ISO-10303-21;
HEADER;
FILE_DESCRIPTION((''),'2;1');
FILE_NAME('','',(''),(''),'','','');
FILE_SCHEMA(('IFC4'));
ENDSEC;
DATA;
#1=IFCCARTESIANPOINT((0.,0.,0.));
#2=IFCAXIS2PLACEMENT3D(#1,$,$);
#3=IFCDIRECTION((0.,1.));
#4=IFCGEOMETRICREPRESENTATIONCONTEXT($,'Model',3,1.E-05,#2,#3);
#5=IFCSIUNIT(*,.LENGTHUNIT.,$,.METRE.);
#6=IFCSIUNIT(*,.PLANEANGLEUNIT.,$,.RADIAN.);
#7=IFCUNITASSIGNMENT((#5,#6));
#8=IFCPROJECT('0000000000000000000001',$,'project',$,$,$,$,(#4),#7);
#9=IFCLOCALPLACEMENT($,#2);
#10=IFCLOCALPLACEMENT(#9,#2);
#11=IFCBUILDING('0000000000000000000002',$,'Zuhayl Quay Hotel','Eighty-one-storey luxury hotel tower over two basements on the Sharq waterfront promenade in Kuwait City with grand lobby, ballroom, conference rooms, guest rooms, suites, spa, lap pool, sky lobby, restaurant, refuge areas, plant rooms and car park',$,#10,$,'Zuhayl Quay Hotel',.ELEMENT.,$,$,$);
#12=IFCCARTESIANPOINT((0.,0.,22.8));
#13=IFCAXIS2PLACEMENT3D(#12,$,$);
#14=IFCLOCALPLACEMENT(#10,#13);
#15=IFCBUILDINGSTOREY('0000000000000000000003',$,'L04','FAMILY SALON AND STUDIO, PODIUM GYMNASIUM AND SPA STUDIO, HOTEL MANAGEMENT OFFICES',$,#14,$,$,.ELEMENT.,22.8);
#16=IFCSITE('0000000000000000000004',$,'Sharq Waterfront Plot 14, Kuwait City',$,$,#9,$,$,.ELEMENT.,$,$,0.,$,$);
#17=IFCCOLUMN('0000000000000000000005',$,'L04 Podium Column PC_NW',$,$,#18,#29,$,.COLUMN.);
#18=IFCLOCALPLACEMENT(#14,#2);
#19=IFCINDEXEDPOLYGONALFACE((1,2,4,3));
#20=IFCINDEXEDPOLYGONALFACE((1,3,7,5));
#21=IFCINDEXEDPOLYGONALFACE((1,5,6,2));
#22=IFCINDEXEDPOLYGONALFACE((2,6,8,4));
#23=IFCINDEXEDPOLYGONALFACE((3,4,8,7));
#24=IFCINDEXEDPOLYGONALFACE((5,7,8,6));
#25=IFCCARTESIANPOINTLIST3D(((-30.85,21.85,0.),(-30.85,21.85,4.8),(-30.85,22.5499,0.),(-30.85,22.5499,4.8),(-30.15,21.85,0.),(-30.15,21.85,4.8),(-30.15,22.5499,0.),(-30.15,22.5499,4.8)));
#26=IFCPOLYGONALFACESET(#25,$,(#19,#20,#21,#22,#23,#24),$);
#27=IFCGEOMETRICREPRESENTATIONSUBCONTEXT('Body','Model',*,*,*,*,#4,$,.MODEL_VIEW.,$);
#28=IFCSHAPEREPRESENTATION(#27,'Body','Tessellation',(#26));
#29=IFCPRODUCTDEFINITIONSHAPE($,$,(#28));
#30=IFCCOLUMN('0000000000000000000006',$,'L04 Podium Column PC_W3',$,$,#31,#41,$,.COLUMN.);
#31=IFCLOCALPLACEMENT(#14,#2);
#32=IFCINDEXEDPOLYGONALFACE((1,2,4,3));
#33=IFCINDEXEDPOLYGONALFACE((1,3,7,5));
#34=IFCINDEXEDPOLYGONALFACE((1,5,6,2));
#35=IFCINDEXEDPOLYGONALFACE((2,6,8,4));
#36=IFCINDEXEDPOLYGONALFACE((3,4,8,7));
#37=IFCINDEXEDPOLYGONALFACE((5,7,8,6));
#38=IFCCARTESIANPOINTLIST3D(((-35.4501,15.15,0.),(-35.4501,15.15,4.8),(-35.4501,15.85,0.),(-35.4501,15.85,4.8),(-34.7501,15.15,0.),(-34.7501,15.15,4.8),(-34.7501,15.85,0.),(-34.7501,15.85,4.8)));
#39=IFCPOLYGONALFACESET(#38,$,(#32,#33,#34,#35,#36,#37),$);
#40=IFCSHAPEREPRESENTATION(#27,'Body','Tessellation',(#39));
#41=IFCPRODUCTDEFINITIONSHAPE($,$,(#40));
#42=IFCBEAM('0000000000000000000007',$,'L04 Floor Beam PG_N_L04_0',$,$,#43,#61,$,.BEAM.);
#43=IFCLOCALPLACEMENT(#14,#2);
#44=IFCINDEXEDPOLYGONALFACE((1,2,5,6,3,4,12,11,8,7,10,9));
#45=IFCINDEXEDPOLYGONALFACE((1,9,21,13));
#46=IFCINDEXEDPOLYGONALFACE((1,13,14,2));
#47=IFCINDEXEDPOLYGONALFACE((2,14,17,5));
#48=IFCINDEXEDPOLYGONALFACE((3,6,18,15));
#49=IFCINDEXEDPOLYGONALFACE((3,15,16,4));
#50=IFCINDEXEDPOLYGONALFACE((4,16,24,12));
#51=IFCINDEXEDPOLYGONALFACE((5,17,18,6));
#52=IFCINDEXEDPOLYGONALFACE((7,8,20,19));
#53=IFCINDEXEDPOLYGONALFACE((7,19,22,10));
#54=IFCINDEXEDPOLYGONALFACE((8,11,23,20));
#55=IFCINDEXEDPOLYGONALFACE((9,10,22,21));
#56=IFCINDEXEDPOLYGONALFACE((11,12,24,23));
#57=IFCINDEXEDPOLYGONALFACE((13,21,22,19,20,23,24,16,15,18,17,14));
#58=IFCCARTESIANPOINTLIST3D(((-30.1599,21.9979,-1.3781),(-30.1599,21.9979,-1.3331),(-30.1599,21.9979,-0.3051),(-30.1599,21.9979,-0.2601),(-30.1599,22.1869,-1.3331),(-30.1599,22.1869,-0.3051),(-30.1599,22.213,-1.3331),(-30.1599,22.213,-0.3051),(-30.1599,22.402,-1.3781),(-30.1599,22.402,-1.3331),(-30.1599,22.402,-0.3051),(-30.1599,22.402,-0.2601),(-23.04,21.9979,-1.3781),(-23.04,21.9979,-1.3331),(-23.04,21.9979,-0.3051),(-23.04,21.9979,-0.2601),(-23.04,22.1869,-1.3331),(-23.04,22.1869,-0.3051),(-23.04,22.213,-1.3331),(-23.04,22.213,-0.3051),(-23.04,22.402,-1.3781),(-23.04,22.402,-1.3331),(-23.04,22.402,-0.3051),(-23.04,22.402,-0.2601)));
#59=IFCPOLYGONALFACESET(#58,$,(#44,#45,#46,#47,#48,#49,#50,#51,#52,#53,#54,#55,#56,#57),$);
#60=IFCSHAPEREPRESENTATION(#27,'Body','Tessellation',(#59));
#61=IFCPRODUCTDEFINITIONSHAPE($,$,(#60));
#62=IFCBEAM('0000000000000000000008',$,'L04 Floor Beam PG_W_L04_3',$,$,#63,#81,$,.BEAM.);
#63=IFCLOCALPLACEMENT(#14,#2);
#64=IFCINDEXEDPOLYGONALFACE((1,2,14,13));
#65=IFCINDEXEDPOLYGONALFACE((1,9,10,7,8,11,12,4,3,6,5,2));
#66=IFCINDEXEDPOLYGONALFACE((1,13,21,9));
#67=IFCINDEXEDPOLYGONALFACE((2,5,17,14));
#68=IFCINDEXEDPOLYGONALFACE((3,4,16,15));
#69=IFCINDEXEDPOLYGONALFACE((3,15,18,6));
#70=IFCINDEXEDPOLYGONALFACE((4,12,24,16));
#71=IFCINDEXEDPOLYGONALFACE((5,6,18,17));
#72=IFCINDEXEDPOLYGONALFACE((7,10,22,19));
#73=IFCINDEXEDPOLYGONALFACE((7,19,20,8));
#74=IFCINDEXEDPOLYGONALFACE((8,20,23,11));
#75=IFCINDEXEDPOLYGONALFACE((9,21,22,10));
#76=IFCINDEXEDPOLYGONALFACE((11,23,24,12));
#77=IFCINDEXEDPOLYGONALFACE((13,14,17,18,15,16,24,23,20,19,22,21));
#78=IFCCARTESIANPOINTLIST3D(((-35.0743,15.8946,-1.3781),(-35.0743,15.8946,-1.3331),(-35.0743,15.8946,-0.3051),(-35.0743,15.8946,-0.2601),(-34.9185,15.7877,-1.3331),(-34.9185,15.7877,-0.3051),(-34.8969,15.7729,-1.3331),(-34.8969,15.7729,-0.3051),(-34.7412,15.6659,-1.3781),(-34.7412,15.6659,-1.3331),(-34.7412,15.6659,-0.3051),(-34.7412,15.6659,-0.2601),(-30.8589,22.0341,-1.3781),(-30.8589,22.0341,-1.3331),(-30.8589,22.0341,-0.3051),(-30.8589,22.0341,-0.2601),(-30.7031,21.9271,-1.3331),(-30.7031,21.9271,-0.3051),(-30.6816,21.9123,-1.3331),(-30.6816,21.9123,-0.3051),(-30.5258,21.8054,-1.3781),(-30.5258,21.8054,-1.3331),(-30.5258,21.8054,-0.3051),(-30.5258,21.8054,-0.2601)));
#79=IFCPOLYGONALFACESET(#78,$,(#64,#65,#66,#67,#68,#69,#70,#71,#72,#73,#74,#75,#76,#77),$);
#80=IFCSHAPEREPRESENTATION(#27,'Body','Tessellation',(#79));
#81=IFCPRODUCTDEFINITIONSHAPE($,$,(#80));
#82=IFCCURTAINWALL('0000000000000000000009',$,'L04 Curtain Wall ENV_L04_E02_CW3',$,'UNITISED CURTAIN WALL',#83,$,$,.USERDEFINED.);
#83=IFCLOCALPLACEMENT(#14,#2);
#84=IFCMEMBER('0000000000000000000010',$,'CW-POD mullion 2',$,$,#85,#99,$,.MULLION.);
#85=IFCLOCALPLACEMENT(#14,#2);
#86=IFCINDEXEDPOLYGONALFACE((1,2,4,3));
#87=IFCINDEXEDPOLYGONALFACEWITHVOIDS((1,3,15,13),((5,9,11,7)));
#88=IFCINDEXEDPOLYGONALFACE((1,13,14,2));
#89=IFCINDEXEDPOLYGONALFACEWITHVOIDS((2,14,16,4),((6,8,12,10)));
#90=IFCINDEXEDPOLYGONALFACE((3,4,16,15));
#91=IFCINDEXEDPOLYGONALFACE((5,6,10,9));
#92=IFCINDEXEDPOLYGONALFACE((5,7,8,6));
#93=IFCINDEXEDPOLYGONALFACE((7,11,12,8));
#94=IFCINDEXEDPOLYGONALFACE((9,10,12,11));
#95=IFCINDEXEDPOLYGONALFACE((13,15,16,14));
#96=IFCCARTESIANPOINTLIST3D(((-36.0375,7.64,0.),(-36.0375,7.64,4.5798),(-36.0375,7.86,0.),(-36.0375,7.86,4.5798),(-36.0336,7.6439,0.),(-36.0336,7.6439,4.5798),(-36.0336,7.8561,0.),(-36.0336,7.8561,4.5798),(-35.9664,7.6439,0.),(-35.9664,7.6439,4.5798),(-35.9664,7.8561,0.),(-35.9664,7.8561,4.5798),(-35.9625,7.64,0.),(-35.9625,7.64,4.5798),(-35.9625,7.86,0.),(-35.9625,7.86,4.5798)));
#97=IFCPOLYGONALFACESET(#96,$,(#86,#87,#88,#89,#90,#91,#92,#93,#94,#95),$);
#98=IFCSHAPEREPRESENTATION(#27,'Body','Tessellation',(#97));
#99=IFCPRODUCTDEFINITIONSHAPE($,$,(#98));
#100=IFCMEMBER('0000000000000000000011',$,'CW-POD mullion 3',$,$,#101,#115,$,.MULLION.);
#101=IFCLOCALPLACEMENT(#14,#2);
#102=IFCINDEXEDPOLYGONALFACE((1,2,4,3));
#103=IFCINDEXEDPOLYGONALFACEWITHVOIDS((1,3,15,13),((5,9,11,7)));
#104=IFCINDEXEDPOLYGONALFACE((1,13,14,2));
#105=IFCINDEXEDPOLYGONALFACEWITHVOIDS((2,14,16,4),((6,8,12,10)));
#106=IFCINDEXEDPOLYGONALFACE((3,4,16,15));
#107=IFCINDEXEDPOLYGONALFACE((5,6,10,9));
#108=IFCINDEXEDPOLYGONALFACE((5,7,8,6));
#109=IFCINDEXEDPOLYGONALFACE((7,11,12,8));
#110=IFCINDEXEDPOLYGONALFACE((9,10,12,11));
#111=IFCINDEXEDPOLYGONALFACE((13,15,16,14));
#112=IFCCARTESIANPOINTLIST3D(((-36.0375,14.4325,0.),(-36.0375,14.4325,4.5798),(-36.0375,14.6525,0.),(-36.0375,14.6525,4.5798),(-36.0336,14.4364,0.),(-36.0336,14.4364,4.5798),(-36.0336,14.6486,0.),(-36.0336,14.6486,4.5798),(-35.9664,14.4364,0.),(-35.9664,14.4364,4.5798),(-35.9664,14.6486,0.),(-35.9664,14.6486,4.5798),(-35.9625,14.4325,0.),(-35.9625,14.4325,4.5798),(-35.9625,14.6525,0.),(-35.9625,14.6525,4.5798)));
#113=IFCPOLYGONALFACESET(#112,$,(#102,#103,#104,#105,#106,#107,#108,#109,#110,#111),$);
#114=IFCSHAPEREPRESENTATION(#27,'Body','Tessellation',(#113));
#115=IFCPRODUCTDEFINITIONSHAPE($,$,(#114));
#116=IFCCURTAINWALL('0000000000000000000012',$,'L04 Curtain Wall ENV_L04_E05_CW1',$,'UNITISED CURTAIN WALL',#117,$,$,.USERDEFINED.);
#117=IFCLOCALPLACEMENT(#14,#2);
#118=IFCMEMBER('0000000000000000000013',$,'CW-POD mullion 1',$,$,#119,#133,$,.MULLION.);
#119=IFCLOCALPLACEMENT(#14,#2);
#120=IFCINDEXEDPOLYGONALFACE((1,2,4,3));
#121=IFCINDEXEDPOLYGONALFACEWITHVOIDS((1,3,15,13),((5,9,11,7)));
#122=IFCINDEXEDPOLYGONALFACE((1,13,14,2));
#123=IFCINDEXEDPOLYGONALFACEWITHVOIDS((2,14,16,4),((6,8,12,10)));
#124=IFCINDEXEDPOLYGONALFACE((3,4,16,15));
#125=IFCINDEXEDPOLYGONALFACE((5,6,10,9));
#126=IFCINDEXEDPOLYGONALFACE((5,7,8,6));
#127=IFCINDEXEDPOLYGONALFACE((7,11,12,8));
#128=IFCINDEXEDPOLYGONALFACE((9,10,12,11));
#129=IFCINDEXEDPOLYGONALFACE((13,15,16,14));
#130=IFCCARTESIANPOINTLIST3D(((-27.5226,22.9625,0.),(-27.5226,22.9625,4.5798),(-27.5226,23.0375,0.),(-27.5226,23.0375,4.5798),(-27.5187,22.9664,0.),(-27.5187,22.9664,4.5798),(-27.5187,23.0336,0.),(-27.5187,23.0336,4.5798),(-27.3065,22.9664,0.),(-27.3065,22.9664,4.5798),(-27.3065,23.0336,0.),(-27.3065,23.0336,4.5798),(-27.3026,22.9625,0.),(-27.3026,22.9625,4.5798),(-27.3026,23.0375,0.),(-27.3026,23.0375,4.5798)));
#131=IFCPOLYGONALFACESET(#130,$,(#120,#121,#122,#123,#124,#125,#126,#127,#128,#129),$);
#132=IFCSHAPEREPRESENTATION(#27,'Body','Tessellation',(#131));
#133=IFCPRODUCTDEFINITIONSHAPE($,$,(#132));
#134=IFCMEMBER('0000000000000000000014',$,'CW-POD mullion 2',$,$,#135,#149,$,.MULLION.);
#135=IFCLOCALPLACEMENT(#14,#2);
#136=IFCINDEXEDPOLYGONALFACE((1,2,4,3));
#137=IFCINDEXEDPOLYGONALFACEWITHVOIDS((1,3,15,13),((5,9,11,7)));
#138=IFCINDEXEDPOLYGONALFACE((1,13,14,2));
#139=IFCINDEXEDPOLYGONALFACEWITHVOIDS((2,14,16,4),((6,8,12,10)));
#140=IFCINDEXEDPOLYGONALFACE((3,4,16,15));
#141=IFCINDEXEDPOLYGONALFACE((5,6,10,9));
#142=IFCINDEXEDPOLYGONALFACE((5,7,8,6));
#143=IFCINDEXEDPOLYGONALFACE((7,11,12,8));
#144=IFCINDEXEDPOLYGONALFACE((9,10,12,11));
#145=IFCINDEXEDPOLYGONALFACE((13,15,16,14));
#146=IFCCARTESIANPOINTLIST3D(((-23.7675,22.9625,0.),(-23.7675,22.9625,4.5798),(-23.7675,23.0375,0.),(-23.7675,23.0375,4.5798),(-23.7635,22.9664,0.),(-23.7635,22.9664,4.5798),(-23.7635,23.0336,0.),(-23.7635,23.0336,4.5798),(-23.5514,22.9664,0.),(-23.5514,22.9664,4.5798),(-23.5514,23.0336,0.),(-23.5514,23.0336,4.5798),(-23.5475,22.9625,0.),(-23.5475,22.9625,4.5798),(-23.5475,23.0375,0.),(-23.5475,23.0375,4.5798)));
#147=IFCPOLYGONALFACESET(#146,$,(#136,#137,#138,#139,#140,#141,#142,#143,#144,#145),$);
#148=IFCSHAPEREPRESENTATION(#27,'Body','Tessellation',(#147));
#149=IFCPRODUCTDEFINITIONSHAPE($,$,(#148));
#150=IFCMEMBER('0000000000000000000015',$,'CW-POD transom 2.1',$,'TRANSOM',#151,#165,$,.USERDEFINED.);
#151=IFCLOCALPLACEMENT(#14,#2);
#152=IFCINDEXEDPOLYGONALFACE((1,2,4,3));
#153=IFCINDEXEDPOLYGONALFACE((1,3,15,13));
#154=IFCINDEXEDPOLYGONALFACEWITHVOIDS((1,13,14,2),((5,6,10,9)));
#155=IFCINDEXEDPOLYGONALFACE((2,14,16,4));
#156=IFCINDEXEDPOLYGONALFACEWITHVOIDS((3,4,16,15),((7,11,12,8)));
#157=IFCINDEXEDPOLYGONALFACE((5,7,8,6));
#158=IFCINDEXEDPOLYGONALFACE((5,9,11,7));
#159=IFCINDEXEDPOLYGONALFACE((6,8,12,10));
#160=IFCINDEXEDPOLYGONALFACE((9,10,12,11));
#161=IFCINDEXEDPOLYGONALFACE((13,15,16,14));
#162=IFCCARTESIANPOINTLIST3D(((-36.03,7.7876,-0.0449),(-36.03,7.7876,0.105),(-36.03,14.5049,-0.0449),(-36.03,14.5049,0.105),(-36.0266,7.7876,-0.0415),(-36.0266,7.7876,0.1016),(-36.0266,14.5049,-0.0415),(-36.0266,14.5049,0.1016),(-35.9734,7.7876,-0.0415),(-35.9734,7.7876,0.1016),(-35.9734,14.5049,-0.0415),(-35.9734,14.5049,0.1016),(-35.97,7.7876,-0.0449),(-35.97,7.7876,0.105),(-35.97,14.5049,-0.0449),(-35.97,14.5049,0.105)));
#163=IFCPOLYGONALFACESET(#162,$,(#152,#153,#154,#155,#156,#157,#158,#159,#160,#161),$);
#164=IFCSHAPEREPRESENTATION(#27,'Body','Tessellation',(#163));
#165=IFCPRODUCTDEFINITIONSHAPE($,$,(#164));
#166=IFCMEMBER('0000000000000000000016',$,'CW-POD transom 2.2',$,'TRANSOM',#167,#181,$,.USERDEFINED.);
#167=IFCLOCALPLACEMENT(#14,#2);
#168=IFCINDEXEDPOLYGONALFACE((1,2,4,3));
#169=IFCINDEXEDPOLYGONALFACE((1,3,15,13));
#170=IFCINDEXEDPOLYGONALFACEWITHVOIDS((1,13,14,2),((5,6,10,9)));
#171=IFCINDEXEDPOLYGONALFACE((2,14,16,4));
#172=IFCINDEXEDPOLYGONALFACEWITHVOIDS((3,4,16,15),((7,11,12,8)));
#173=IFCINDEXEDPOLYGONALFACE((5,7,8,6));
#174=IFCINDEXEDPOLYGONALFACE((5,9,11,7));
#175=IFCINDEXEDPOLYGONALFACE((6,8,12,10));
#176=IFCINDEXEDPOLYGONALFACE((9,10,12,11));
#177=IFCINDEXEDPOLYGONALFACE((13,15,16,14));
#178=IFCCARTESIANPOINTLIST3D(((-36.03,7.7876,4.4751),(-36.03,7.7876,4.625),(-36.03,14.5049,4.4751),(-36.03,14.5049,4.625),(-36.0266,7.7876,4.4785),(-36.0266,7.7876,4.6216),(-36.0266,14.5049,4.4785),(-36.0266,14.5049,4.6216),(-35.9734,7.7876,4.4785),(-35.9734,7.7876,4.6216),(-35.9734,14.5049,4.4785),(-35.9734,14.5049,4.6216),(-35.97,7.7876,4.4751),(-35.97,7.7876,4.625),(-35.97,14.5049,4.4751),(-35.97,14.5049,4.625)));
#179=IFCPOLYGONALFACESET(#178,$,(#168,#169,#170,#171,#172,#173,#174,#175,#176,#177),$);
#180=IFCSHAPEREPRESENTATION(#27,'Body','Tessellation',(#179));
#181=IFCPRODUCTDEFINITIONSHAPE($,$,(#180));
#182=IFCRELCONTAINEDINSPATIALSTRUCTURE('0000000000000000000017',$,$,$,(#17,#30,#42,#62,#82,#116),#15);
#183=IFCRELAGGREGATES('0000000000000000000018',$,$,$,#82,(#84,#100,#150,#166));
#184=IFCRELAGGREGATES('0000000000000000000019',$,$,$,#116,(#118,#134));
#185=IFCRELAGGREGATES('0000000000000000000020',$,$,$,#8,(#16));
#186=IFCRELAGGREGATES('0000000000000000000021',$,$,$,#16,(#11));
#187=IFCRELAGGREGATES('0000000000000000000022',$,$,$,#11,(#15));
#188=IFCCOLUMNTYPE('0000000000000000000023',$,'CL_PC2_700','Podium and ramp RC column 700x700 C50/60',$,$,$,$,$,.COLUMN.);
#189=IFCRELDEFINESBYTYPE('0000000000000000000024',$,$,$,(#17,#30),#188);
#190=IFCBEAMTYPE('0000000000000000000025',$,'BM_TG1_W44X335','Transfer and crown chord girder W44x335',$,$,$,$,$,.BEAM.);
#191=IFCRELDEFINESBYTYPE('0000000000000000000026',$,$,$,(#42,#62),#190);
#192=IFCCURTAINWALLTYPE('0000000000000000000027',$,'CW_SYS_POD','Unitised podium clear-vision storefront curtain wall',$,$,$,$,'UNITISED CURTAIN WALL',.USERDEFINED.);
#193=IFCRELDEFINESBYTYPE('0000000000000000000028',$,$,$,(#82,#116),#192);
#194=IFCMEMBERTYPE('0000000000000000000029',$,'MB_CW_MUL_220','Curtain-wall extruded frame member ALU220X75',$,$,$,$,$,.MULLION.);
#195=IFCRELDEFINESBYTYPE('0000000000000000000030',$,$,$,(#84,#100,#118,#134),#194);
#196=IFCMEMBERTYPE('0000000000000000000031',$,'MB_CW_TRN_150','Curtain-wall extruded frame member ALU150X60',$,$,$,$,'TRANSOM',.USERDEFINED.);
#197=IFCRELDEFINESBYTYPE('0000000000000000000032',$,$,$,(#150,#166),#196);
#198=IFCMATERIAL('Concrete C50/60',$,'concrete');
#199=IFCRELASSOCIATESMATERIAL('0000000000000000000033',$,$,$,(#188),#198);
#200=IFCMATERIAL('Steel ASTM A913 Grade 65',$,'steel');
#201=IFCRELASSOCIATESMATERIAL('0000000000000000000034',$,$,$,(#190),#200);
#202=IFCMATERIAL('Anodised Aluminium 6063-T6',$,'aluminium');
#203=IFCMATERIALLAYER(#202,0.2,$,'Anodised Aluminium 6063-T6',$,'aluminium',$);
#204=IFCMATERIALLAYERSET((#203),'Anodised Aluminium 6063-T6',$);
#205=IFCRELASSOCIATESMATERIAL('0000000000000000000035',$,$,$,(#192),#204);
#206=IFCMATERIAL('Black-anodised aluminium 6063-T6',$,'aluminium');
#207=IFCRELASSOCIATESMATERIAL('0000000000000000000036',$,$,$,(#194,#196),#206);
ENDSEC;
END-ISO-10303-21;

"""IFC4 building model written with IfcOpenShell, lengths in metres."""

from ifc_helpers import new_model, si_unit, direction, frame, origin, origin_2d, place, context, subcontext, project, spatial, rectangle, hollow_rectangle, i_section, extrude, material, layer, layer_set, material_profile, profile_set, type_object, element, aggregate, save


model = new_model("IFC4")

# Units and contexts
model_context = context("Model", 3, precision=1e-05, world=origin(), true_north=direction((0.0, 1.0)))
body_context = subcontext(model_context, "Body", "Model", "MODEL_VIEW")
ifc_project = project(units=[si_unit("LENGTHUNIT", "METRE"), si_unit("PLANEANGLEUNIT", "RADIAN")], contexts=[model_context])

# Site, building, storey
site_placement = place(None, origin())
site = spatial("IfcSite", under=ifc_project, at=site_placement, Name="Sharq Waterfront Plot 14, Kuwait City", CompositionType="ELEMENT", RefElevation=0.0)
building_placement = place(site_placement, origin())
building = spatial("IfcBuilding", under=site, at=building_placement, Name="Zuhayl Quay Hotel", Description="Eighty-one-storey luxury hotel tower over two basements on the Sharq waterfront promenade in Kuwait City with grand lobby, ballroom, conference rooms, guest rooms, suites, spa, lap pool, sky lobby, restaurant, refuge areas, plant rooms and car park", LongName="Zuhayl Quay Hotel", CompositionType="ELEMENT")
storey_placement = place(building_placement, frame((0.0, 0.0, 22.8)))
storey = spatial("IfcBuildingStorey", under=building, at=storey_placement, Name="L04", Description="FAMILY SALON AND STUDIO, PODIUM GYMNASIUM AND SPA STUDIO, HOTEL MANAGEMENT OFFICES", CompositionType="ELEMENT", Elevation=22.8)

# Columns
ifc_material_1 = material(Name="Concrete C50/60", Category="concrete")
ifc_material_profile_1 = material_profile(ifc_material_1, rectangle(XDim=0.7, YDim=0.7, at=origin_2d()), Name="RC700X700")
ifc_profile_set_1 = profile_set([ifc_material_profile_1], Name="Concrete C50/60")
column_type = type_object("IfcColumnType", Name="CL_PC2_700", Description="Podium and ramp RC column 700x700 C50/60", PredefinedType="COLUMN", material=ifc_profile_set_1)
for number, where, z_axis, x_axis, name in (
    (1, (-30.5, 22.2, 0.0), (0.0, 0.0, 1.0), (1.0, 0.0, 0.0), "L04 Podium Column PC_NW"),
    (2, (-35.1001, 15.5, 0.0), (0.0, 0.0, 1.0), (1.0, 0.0, 0.0), "L04 Podium Column PC_W3"),
):
    element("IfcColumn", number, at=place(storey_placement, frame(where, z_axis=z_axis, x_axis=x_axis)), inside=storey, type_object=column_type, Name=name, PredefinedType="COLUMN", context=body_context, shape_type="SweptSolid", body=[
        extrude(rectangle(XDim=0.7, YDim=0.7, at=origin_2d()), origin(), (0.0, 0.0, 1.0), 4.8),
    ])

# Beams
ifc_material_2 = material(Name="Steel ASTM A913 Grade 65", Category="steel")
ifc_material_profile_2 = material_profile(ifc_material_2, i_section(OverallWidth=0.4041, OverallDepth=1.1179, WebThickness=0.0261, FlangeThickness=0.0449, at=origin_2d()), Name="W44X335")
ifc_profile_set_2 = profile_set([ifc_material_profile_2], Name="Steel ASTM A913 Grade 65")
beam_type = type_object("IfcBeamType", Name="BM_TG1_W44X335", Description="Transfer and crown chord girder W44x335", PredefinedType="BEAM", material=ifc_profile_set_2)
beam_1_placement = place(storey_placement, frame((-30.1599, 22.2, -0.8191), z_axis=(1.0, 0.0, 0.0), x_axis=(0.0, 1.0, 0.0)))
element("IfcBeam", 3, at=beam_1_placement, inside=storey, type_object=beam_type, Name="L04 Floor Beam PG_N_L04_0", PredefinedType="BEAM", context=body_context, shape_type="SweptSolid", body=[
    extrude(i_section(OverallWidth=0.4041, OverallDepth=1.1179, WebThickness=0.0261, FlangeThickness=0.0449, at=origin_2d()), origin(), (0.0, 0.0, 1.0), 7.1199),
])
beam_2_placement = place(storey_placement, frame((-34.9077, 15.7803, -0.8191), z_axis=(0.566026, 0.824387, 0.0), x_axis=(-0.824387, 0.566026, 0.0)))
element("IfcBeam", 4, at=beam_2_placement, inside=storey, type_object=beam_type, Name="L04 Floor Beam PG_W_L04_3", PredefinedType="BEAM", context=body_context, shape_type="SweptSolid", body=[
    extrude(i_section(OverallWidth=0.4041, OverallDepth=1.1179, WebThickness=0.0261, FlangeThickness=0.0449, at=origin_2d()), origin(), (0.0, 0.0, 1.0), 7.4473),
])

# Curtain walls, members
ifc_material_3 = material(Name="Anodised Aluminium 6063-T6", Category="aluminium")
ifc_layer_1 = layer(ifc_material_3, 0.2, Name="Anodised Aluminium 6063-T6", Category="aluminium")
ifc_layer_set_1 = layer_set([ifc_layer_1], Name="Anodised Aluminium 6063-T6")
curtain_wall_type = type_object("IfcCurtainWallType", Name="CW_SYS_POD", Description="Unitised podium clear-vision storefront curtain wall", ElementType="UNITISED CURTAIN WALL", PredefinedType="USERDEFINED", material=ifc_layer_set_1)
curtain_wall_1_placement = place(storey_placement, origin())
curtain_wall_1 = element("IfcCurtainWall", 5, at=curtain_wall_1_placement, inside=storey, type_object=curtain_wall_type, Name="L04 Curtain Wall ENV_L04_E02_CW3", ObjectType="UNITISED CURTAIN WALL", PredefinedType="USERDEFINED")
ifc_material_4 = material(Name="Black-anodised aluminium 6063-T6", Category="aluminium")
ifc_material_profile_3 = material_profile(ifc_material_4, hollow_rectangle(XDim=0.075, YDim=0.22, WallThickness=0.0039, at=origin_2d()), Name="ALU220X75")
ifc_profile_set_3 = profile_set([ifc_material_profile_3], Name="Black-anodised aluminium 6063-T6")
member_type_1 = type_object("IfcMemberType", Name="MB_CW_MUL_220", Description="Curtain-wall extruded frame member ALU220X75", PredefinedType="MULLION", material=ifc_profile_set_3)
member_1_placement = place(storey_placement, frame((-36.0, 7.75, 0.0), z_axis=(0.0, 0.0, 1.0), x_axis=(-1.0, 0.0, 0.0)))
member_1 = element("IfcMember", 6, at=member_1_placement, type_object=member_type_1, Name="CW-POD mullion 2", PredefinedType="MULLION", context=body_context, shape_type="SweptSolid", body=[
    extrude(hollow_rectangle(XDim=0.075, YDim=0.22, WallThickness=0.0039, at=origin_2d()), origin(), (0.0, 0.0, 1.0), 4.5798),
])
member_2_placement = place(storey_placement, frame((-36.0, 14.5425, 0.0), z_axis=(0.0, 0.0, 1.0), x_axis=(-1.0, 0.0, 0.0)))
member_2 = element("IfcMember", 7, at=member_2_placement, type_object=member_type_1, Name="CW-POD mullion 3", PredefinedType="MULLION", context=body_context, shape_type="SweptSolid", body=[
    extrude(hollow_rectangle(XDim=0.075, YDim=0.22, WallThickness=0.0039, at=origin_2d()), origin(), (0.0, 0.0, 1.0), 4.5798),
])
curtain_wall_2_placement = place(storey_placement, origin())
curtain_wall_2 = element("IfcCurtainWall", 8, at=curtain_wall_2_placement, inside=storey, type_object=curtain_wall_type, Name="L04 Curtain Wall ENV_L04_E05_CW1", ObjectType="UNITISED CURTAIN WALL", PredefinedType="USERDEFINED")
member_3_placement = place(storey_placement, frame((-27.4126, 23.0, 0.0), z_axis=(0.0, 0.0, 1.0), x_axis=(0.0, 1.0, 0.0)))
member_3 = element("IfcMember", 9, at=member_3_placement, type_object=member_type_1, Name="CW-POD mullion 1", PredefinedType="MULLION", context=body_context, shape_type="SweptSolid", body=[
    extrude(hollow_rectangle(XDim=0.075, YDim=0.22, WallThickness=0.0039, at=origin_2d()), origin(), (0.0, 0.0, 1.0), 4.5798),
])
member_4_placement = place(storey_placement, frame((-23.6575, 23.0, 0.0), z_axis=(0.0, 0.0, 1.0), x_axis=(0.0, 1.0, 0.0)))
member_4 = element("IfcMember", 10, at=member_4_placement, type_object=member_type_1, Name="CW-POD mullion 2", PredefinedType="MULLION", context=body_context, shape_type="SweptSolid", body=[
    extrude(hollow_rectangle(XDim=0.075, YDim=0.22, WallThickness=0.0039, at=origin_2d()), origin(), (0.0, 0.0, 1.0), 4.5798),
])

# Members
ifc_material_profile_4 = material_profile(ifc_material_4, hollow_rectangle(XDim=0.0601, YDim=0.1499, WallThickness=0.0034, at=origin_2d()), Name="ALU150X60")
ifc_profile_set_4 = profile_set([ifc_material_profile_4], Name="Black-anodised aluminium 6063-T6")
member_type_2 = type_object("IfcMemberType", Name="MB_CW_TRN_150", Description="Curtain-wall extruded frame member ALU150X60", ElementType="TRANSOM", PredefinedType="USERDEFINED", material=ifc_profile_set_4)
member_5_placement = place(storey_placement, frame((-36.0, 7.7876, 0.03), z_axis=(0.0, 1.0, 0.0), x_axis=(-1.0, 0.0, 0.0)))
member_5 = element("IfcMember", 11, at=member_5_placement, type_object=member_type_2, Name="CW-POD transom 2.1", ObjectType="TRANSOM", PredefinedType="USERDEFINED", context=body_context, shape_type="SweptSolid", body=[
    extrude(hollow_rectangle(XDim=0.0601, YDim=0.1499, WallThickness=0.0034, at=origin_2d()), origin(), (0.0, 0.0, 1.0), 6.7173),
])
member_6_placement = place(storey_placement, frame((-36.0, 7.7876, 4.55), z_axis=(0.0, 1.0, 0.0), x_axis=(-1.0, 0.0, 0.0)))
member_6 = element("IfcMember", 12, at=member_6_placement, type_object=member_type_2, Name="CW-POD transom 2.2", ObjectType="TRANSOM", PredefinedType="USERDEFINED", context=body_context, shape_type="SweptSolid", body=[
    extrude(hollow_rectangle(XDim=0.0601, YDim=0.1499, WallThickness=0.0034, at=origin_2d()), origin(), (0.0, 0.0, 1.0), 6.7173),
])

aggregate(curtain_wall_1, [member_1, member_2, member_5, member_6])
aggregate(curtain_wall_2, [member_3, member_4])

save(model, "model.ifc")
